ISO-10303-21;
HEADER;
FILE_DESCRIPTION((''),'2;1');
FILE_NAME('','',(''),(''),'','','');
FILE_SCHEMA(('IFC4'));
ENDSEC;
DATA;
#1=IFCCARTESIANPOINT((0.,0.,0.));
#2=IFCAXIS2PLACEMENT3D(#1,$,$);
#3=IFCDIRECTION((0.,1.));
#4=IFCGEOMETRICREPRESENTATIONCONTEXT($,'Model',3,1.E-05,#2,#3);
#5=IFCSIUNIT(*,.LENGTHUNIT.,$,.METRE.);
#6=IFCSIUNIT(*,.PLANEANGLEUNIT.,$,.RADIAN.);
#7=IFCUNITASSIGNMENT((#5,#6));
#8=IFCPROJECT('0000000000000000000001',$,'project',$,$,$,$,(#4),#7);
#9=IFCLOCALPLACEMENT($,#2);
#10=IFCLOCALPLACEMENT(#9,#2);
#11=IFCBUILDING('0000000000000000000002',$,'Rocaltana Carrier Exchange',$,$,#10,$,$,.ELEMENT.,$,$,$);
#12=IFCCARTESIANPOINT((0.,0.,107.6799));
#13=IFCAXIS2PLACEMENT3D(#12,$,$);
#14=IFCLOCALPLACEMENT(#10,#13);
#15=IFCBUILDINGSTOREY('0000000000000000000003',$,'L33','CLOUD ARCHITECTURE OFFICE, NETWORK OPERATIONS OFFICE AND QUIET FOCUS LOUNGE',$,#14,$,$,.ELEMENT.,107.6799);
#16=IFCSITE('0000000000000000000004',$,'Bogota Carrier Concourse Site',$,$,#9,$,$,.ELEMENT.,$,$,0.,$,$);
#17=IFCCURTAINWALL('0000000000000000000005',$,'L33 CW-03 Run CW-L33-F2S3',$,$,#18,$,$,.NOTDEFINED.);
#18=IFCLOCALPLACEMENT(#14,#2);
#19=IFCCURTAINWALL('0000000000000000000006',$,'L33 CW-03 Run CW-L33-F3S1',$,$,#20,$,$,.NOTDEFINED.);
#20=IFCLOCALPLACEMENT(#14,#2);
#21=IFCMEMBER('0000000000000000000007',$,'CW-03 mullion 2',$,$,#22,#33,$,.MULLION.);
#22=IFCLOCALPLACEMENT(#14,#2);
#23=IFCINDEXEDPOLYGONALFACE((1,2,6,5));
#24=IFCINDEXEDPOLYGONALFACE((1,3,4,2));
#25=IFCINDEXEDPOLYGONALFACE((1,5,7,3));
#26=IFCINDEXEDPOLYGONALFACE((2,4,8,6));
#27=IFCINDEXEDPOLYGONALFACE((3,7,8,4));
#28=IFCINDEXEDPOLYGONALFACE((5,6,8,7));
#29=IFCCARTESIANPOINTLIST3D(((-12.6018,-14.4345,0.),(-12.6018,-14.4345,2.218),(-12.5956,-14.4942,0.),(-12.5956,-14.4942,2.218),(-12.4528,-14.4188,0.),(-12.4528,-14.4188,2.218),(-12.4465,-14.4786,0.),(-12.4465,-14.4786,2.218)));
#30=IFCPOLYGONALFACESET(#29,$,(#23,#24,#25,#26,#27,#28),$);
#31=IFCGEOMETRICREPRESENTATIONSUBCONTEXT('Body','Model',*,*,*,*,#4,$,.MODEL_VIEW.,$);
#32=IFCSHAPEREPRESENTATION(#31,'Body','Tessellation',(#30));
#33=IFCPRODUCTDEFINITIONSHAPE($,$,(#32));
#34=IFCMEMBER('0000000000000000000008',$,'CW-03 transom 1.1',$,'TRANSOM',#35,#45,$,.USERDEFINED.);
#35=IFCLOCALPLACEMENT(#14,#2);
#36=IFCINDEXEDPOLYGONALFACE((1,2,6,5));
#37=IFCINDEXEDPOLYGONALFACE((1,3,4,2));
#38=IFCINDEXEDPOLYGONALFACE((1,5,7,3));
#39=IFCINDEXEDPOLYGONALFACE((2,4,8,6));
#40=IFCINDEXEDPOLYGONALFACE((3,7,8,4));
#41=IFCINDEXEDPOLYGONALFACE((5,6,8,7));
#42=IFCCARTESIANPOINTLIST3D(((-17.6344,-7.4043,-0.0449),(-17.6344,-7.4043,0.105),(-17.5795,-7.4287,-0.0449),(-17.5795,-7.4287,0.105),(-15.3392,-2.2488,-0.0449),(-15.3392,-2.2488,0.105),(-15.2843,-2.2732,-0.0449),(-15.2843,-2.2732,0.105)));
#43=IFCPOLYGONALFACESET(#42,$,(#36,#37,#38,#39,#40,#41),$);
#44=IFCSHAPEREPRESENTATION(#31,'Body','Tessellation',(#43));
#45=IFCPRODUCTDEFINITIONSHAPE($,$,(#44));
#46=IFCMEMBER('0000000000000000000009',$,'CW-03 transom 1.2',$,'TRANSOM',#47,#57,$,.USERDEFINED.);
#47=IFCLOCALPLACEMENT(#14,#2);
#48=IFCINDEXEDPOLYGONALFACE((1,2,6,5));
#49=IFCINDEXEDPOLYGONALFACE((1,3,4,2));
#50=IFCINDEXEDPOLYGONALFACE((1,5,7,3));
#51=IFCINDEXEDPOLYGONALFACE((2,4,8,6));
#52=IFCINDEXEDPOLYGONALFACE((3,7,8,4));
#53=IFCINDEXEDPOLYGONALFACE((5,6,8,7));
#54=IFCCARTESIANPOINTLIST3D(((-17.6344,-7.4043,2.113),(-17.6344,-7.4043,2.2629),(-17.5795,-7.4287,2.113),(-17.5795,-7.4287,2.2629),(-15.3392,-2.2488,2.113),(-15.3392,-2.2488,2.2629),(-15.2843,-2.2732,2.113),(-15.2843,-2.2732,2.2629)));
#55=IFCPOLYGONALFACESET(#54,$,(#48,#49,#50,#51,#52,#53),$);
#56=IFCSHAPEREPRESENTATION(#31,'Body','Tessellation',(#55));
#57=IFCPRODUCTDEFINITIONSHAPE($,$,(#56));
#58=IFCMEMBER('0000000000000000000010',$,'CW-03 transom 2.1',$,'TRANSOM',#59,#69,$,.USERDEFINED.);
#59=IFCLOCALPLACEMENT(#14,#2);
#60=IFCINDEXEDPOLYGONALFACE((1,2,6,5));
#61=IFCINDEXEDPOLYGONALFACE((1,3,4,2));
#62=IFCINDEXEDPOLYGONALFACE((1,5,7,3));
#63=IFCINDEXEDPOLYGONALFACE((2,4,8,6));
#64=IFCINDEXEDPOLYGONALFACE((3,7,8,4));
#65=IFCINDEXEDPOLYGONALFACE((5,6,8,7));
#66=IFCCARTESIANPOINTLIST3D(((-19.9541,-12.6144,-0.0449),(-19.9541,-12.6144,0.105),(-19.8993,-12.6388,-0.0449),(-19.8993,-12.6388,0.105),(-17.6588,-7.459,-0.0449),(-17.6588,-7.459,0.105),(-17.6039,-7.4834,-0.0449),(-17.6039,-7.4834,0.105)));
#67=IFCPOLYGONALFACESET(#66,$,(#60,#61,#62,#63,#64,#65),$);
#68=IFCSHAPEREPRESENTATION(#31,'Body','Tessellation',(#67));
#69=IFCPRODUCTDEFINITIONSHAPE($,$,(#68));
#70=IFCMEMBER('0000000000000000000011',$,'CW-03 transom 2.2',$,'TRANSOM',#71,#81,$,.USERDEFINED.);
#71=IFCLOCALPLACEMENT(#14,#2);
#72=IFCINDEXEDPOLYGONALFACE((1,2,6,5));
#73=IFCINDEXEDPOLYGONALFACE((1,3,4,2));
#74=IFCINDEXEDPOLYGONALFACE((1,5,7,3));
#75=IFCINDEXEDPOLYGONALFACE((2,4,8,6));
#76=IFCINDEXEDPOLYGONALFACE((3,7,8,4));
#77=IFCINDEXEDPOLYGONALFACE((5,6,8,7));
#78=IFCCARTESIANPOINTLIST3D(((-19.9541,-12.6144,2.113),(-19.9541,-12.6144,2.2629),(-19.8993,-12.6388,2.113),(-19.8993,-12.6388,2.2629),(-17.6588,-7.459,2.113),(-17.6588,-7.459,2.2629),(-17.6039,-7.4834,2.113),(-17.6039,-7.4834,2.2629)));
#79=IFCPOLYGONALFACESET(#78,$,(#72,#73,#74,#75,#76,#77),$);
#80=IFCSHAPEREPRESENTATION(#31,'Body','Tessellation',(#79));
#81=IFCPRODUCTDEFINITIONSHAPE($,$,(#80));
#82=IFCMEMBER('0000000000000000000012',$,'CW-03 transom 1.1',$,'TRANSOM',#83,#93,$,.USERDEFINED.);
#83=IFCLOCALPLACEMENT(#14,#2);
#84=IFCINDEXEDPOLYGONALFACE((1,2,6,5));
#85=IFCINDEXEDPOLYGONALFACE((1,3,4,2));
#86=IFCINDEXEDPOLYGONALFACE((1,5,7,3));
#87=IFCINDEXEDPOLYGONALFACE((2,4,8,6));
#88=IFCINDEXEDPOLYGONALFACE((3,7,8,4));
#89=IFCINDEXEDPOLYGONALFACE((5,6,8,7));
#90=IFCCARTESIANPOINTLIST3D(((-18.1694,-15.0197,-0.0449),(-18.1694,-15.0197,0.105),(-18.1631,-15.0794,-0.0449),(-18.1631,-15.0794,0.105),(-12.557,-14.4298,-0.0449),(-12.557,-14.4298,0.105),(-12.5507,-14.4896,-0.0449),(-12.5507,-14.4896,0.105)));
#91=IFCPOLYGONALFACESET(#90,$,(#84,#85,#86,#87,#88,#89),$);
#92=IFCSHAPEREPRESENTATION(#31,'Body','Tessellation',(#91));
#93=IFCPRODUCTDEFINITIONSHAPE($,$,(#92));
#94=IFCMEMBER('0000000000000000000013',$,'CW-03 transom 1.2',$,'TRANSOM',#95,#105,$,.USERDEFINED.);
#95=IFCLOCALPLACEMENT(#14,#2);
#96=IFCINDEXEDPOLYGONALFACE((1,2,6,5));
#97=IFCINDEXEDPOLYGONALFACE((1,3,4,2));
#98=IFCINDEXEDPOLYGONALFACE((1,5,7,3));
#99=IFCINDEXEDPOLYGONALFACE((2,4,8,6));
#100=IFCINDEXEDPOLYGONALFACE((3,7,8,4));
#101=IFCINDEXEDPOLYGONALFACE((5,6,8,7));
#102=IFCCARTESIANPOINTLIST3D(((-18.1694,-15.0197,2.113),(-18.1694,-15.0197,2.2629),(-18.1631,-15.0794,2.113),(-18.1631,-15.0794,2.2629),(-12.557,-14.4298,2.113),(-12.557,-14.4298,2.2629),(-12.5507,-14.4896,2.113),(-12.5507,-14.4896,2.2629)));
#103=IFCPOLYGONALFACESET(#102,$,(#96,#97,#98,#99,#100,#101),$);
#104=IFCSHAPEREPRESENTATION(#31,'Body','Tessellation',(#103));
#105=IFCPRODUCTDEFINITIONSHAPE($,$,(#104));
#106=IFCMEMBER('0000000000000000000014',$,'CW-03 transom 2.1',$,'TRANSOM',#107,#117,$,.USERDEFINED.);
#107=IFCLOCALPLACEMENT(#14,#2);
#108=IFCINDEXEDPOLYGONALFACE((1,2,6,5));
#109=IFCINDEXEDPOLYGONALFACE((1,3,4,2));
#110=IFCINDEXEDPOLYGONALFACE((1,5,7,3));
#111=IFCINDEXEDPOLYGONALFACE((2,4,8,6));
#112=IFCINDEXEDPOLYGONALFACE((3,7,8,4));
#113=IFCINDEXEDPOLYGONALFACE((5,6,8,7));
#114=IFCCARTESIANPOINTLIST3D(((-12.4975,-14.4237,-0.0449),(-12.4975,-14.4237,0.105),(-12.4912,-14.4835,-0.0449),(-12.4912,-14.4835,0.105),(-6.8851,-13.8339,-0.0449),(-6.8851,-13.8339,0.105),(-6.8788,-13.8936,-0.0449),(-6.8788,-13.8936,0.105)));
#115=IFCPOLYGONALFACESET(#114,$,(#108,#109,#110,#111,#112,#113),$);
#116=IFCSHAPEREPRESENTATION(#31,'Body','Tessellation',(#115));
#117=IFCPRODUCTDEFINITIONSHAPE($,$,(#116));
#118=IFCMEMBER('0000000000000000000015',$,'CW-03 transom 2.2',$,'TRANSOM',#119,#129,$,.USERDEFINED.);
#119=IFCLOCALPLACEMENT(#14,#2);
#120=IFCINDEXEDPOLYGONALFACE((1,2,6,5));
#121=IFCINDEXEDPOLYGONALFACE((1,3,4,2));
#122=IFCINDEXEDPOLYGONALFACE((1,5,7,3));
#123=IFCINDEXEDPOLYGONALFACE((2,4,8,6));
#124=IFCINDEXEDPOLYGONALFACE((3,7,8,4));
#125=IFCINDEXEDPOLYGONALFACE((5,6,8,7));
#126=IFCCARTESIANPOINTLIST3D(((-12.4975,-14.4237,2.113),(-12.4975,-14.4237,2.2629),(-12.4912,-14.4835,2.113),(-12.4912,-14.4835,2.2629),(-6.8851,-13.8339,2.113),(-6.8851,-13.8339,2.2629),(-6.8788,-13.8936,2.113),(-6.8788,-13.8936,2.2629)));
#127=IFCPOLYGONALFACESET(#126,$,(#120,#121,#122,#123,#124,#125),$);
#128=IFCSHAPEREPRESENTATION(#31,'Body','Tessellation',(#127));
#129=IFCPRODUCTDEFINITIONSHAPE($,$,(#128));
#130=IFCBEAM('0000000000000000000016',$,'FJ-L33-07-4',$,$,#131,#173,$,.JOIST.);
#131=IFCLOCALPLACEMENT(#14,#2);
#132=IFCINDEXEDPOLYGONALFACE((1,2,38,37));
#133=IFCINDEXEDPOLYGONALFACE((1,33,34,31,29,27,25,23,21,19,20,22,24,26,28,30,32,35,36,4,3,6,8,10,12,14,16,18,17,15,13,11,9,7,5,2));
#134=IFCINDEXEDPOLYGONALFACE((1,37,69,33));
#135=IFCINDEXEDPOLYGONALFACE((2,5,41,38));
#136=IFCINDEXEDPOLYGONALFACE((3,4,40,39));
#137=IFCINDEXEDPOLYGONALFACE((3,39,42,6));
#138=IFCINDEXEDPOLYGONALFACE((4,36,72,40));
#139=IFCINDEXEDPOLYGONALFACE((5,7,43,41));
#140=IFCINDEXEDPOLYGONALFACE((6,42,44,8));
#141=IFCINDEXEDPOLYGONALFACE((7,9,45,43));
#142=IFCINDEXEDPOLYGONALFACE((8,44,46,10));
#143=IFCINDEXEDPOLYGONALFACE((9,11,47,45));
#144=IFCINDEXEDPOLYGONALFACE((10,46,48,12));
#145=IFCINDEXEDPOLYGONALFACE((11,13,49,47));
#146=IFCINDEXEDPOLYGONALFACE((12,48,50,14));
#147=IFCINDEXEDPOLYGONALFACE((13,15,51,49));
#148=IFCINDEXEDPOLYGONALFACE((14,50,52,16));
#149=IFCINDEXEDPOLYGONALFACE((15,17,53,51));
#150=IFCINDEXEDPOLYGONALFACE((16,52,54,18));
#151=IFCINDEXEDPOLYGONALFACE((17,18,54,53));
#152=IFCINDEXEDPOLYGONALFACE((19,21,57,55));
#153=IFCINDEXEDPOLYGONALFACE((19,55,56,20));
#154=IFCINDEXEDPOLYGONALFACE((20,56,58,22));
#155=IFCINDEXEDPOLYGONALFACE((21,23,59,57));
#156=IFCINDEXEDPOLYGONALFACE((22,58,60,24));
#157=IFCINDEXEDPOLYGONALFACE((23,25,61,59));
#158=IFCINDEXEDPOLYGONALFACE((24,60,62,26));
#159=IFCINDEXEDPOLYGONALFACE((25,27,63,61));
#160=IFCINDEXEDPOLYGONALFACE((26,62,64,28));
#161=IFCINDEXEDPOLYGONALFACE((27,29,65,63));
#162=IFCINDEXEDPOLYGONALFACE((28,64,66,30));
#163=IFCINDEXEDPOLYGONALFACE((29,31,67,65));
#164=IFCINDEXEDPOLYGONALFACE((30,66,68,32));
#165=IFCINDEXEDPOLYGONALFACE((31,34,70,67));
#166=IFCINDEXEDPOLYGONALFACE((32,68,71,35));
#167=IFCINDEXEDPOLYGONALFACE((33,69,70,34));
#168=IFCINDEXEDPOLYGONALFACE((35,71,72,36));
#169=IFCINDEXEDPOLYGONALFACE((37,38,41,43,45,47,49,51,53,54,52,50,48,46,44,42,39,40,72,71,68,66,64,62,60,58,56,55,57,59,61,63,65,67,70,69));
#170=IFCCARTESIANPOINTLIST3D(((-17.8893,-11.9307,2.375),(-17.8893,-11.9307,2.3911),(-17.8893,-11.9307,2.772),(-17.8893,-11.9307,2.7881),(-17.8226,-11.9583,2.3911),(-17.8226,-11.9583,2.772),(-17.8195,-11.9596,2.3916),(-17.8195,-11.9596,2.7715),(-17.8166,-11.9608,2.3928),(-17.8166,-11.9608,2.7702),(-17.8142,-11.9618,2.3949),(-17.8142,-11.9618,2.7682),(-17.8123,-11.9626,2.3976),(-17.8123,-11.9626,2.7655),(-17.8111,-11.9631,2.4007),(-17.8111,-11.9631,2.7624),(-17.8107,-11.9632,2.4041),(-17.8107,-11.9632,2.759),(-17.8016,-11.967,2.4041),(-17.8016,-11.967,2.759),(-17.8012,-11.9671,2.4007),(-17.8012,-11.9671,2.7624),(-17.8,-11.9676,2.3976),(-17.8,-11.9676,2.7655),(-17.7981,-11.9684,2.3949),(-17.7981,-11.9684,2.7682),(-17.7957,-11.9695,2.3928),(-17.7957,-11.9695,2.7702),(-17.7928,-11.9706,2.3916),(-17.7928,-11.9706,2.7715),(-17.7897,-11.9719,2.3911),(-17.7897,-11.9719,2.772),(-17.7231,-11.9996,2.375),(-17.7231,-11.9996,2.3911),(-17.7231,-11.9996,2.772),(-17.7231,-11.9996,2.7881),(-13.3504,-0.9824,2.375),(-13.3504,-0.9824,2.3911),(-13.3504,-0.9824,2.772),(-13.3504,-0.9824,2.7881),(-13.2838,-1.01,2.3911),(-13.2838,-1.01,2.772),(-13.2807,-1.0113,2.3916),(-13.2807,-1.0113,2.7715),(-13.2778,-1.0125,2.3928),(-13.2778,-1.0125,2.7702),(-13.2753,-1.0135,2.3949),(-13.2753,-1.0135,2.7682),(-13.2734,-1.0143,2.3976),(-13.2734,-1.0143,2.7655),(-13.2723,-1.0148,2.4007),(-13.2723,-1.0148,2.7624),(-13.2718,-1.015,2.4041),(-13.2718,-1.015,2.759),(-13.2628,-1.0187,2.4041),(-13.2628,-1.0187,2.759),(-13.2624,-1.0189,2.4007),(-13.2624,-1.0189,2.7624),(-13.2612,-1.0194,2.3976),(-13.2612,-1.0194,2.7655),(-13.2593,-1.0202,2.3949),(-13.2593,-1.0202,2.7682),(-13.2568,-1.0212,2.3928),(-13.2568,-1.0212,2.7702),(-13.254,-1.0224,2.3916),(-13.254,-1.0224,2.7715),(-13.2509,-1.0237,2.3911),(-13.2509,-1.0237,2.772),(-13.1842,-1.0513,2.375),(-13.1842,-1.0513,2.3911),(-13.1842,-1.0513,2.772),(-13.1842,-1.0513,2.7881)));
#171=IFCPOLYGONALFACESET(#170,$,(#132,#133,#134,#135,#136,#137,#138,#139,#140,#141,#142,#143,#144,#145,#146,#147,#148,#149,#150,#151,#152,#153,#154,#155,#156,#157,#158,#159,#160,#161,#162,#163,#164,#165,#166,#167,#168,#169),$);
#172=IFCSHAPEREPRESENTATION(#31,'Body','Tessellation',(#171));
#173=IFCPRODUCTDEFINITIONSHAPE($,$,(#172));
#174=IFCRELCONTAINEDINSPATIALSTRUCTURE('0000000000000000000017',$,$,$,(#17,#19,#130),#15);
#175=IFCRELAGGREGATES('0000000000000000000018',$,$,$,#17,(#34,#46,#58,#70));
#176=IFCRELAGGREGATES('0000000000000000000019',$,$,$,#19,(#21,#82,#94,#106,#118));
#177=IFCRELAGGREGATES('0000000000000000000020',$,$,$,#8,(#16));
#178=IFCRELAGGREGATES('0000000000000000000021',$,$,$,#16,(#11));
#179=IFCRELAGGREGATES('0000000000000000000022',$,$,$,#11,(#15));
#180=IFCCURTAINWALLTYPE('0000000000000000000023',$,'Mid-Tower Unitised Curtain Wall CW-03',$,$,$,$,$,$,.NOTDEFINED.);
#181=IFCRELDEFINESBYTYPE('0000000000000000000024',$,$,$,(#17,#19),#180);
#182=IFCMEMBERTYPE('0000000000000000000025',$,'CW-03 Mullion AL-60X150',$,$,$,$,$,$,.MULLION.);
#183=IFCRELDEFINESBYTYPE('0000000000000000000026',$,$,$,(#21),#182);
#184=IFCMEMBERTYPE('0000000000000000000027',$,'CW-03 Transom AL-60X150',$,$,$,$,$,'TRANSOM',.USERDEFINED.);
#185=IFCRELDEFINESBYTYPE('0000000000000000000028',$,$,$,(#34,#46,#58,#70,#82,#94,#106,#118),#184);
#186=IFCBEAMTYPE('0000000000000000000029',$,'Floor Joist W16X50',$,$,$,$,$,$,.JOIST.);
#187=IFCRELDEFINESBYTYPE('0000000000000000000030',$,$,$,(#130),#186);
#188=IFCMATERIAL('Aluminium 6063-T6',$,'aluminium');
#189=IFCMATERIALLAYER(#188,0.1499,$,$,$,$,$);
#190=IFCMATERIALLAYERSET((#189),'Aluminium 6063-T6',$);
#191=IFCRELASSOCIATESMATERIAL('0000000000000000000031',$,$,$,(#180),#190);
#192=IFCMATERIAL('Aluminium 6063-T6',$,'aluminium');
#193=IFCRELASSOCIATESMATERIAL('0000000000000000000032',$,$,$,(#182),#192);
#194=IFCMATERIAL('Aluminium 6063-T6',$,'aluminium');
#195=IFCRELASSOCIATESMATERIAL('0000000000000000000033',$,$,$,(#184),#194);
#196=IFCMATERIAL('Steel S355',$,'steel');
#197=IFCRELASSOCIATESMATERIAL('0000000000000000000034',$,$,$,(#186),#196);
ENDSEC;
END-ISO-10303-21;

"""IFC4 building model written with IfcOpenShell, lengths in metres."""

from ifc_helpers import new_model, si_unit, direction, frame, origin, origin_2d, place, context, subcontext, project, spatial, rectangle, i_section, extrude, material, layer, layer_set, material_profile, profile_set, type_object, element, aggregate, save


model = new_model("IFC4")

# Units and contexts
model_context = context("Model", 3, precision=1e-05, world=origin(), true_north=direction((0.0, 1.0)))
body_context = subcontext(model_context, "Body", "Model", "MODEL_VIEW")
ifc_project = project(units=[si_unit("LENGTHUNIT", "METRE"), si_unit("PLANEANGLEUNIT", "RADIAN")], contexts=[model_context])

# Site, building, storey
site_placement = place(None, origin())
site = spatial("IfcSite", under=ifc_project, at=site_placement, Name="Bogota Carrier Concourse Site", CompositionType="ELEMENT", RefElevation=0.0)
building_placement = place(site_placement, origin())
building = spatial("IfcBuilding", under=site, at=building_placement, Name="Rocaltana Carrier Exchange", CompositionType="ELEMENT")
storey_placement = place(building_placement, frame((0.0, 0.0, 107.6799)))
storey = spatial("IfcBuildingStorey", under=building, at=storey_placement, Name="L33", Description="CLOUD ARCHITECTURE OFFICE, NETWORK OPERATIONS OFFICE AND QUIET FOCUS LOUNGE", CompositionType="ELEMENT", Elevation=107.6799)

# Curtain walls, member
ifc_material_1 = material(Name="Aluminium 6063-T6", Category="aluminium")
ifc_layer_1 = layer(ifc_material_1, 0.1499)
ifc_layer_set_1 = layer_set([ifc_layer_1], Name="Aluminium 6063-T6")
curtain_wall_type = type_object("IfcCurtainWallType", Name="Mid-Tower Unitised Curtain Wall CW-03", PredefinedType="NOTDEFINED", material=ifc_layer_set_1)
curtain_wall_1_placement = place(storey_placement, origin())
curtain_wall_1 = element("IfcCurtainWall", 1, at=curtain_wall_1_placement, inside=storey, type_object=curtain_wall_type, Name="L33 CW-03 Run CW-L33-F2S3", PredefinedType="NOTDEFINED")
ifc_material_2 = material(Name="Aluminium 6063-T6", Category="aluminium")
ifc_material_profile_1 = material_profile(ifc_material_2, rectangle(XDim=0.0601, YDim=0.1499, at=origin_2d()), Name="AL-60X150")
ifc_profile_set_1 = profile_set([ifc_material_profile_1], Name="Aluminium 6063-T6")
member_type_1 = type_object("IfcMemberType", Name="CW-03 Mullion AL-60X150", PredefinedType="MULLION", material=ifc_profile_set_1)
curtain_wall_2_placement = place(storey_placement, origin())
curtain_wall_2 = element("IfcCurtainWall", 2, at=curtain_wall_2_placement, inside=storey, type_object=curtain_wall_type, Name="L33 CW-03 Run CW-L33-F3S1", PredefinedType="NOTDEFINED")
member_1_placement = place(storey_placement, frame((-12.5242, -14.4565, 0.0), z_axis=(0.0, 0.0, 1.0), x_axis=(-0.104522, 0.994523, 0.0)))
member_1 = element("IfcMember", 3, at=member_1_placement, type_object=member_type_1, Name="CW-03 mullion 2", PredefinedType="MULLION", context=body_context, shape_type="SweptSolid", body=[
    extrude(rectangle(XDim=0.0601, YDim=0.1499, at=origin_2d()), origin(), (0.0, 0.0, 1.0), 2.218),
])

# Members
ifc_material_3 = material(Name="Aluminium 6063-T6", Category="aluminium")
ifc_material_profile_2 = material_profile(ifc_material_3, rectangle(XDim=0.0601, YDim=0.1499, at=origin_2d()), Name="AL-60X150")
ifc_profile_set_2 = profile_set([ifc_material_profile_2], Name="Aluminium 6063-T6")
member_type_2 = type_object("IfcMemberType", Name="CW-03 Transom AL-60X150", ElementType="TRANSOM", PredefinedType="USERDEFINED", material=ifc_profile_set_2)
member_2_placement = place(storey_placement, frame((-15.3118, -2.261, 0.03), z_axis=(-0.406704, -0.91356, 0.0), x_axis=(0.91356, -0.406704, 0.0)))
member_2 = element("IfcMember", 4, at=member_2_placement, type_object=member_type_2, Name="CW-03 transom 1.1", ObjectType="TRANSOM", PredefinedType="USERDEFINED", context=body_context, shape_type="SweptSolid", body=[
    extrude(rectangle(XDim=0.0601, YDim=0.1499, at=origin_2d()), origin(), (0.0, 0.0, 1.0), 5.6433),
])
member_3_placement = place(storey_placement, frame((-15.3118, -2.261, 2.188), z_axis=(-0.406704, -0.91356, 0.0), x_axis=(0.91356, -0.406704, 0.0)))
member_3 = element("IfcMember", 5, at=member_3_placement, type_object=member_type_2, Name="CW-03 transom 1.2", ObjectType="TRANSOM", PredefinedType="USERDEFINED", context=body_context, shape_type="SweptSolid", body=[
    extrude(rectangle(XDim=0.0601, YDim=0.1499, at=origin_2d()), origin(), (0.0, 0.0, 1.0), 5.6433),
])
member_4_placement = place(storey_placement, frame((-17.6313, -7.4712, 0.03), z_axis=(-0.40674, -0.913544, 0.0), x_axis=(0.913544, -0.40674, 0.0)))
member_4 = element("IfcMember", 6, at=member_4_placement, type_object=member_type_2, Name="CW-03 transom 2.1", ObjectType="TRANSOM", PredefinedType="USERDEFINED", context=body_context, shape_type="SweptSolid", body=[
    extrude(rectangle(XDim=0.0601, YDim=0.1499, at=origin_2d()), origin(), (0.0, 0.0, 1.0), 5.6433),
])
member_5_placement = place(storey_placement, frame((-17.6313, -7.4712, 2.188), z_axis=(-0.40674, -0.913544, 0.0), x_axis=(0.913544, -0.40674, 0.0)))
member_5 = element("IfcMember", 7, at=member_5_placement, type_object=member_type_2, Name="CW-03 transom 2.2", ObjectType="TRANSOM", PredefinedType="USERDEFINED", context=body_context, shape_type="SweptSolid", body=[
    extrude(rectangle(XDim=0.0601, YDim=0.1499, at=origin_2d()), origin(), (0.0, 0.0, 1.0), 5.6433),
])
member_6_placement = place(storey_placement, frame((-18.1663, -15.0496, 0.03), z_axis=(0.994523, 0.104523, 0.0), x_axis=(-0.104523, 0.994523, 0.0)))
member_6 = element("IfcMember", 8, at=member_6_placement, type_object=member_type_2, Name="CW-03 transom 1.1", ObjectType="TRANSOM", PredefinedType="USERDEFINED", context=body_context, shape_type="SweptSolid", body=[
    extrude(rectangle(XDim=0.0601, YDim=0.1499, at=origin_2d()), origin(), (0.0, 0.0, 1.0), 5.6433),
])
member_7_placement = place(storey_placement, frame((-18.1663, -15.0496, 2.188), z_axis=(0.994523, 0.104523, 0.0), x_axis=(-0.104523, 0.994523, 0.0)))
member_7 = element("IfcMember", 9, at=member_7_placement, type_object=member_type_2, Name="CW-03 transom 1.2", ObjectType="TRANSOM", PredefinedType="USERDEFINED", context=body_context, shape_type="SweptSolid", body=[
    extrude(rectangle(XDim=0.0601, YDim=0.1499, at=origin_2d()), origin(), (0.0, 0.0, 1.0), 5.6433),
])
member_8_placement = place(storey_placement, frame((-12.4944, -14.4536, 0.03), z_axis=(0.994523, 0.104523, 0.0), x_axis=(-0.104523, 0.994523, 0.0)))
member_8 = element("IfcMember", 10, at=member_8_placement, type_object=member_type_2, Name="CW-03 transom 2.1", ObjectType="TRANSOM", PredefinedType="USERDEFINED", context=body_context, shape_type="SweptSolid", body=[
    extrude(rectangle(XDim=0.0601, YDim=0.1499, at=origin_2d()), origin(), (0.0, 0.0, 1.0), 5.6433),
])
member_9_placement = place(storey_placement, frame((-12.4944, -14.4536, 2.188), z_axis=(0.994523, 0.104523, 0.0), x_axis=(-0.104523, 0.994523, 0.0)))
member_9 = element("IfcMember", 11, at=member_9_placement, type_object=member_type_2, Name="CW-03 transom 2.2", ObjectType="TRANSOM", PredefinedType="USERDEFINED", context=body_context, shape_type="SweptSolid", body=[
    extrude(rectangle(XDim=0.0601, YDim=0.1499, at=origin_2d()), origin(), (0.0, 0.0, 1.0), 5.6433),
])

# Beam
ifc_material_4 = material(Name="Steel S355", Category="steel")
ifc_material_profile_3 = material_profile(ifc_material_4, i_section(OverallWidth=0.1799, OverallDepth=0.4131, WebThickness=0.0098, FlangeThickness=0.0161, FilletRadius=0.0129, at=origin_2d()), Name="W16X50")
ifc_profile_set_3 = profile_set([ifc_material_profile_3], Name="Steel S355")
beam_type_1 = type_object("IfcBeamType", Name="Floor Joist W16X50", PredefinedType="JOIST", material=ifc_profile_set_3)
beam_1_placement = place(storey_placement, frame((-13.2673, -1.0168, 2.5815), z_axis=(-0.382965, -0.923763, 0.0), x_axis=(0.923763, -0.382965, 0.0)))
element("IfcBeam", 12, at=beam_1_placement, inside=storey, type_object=beam_type_1, Name="FJ-L33-07-4", PredefinedType="JOIST", context=body_context, shape_type="SweptSolid", body=[
    extrude(i_section(OverallWidth=0.1799, OverallDepth=0.4131, WebThickness=0.0098, FlangeThickness=0.0161, FilletRadius=0.0129, at=origin_2d()), origin(), (0.0, 0.0, 1.0), 11.8518),
])

aggregate(curtain_wall_1, [member_2, member_3, member_4, member_5])
aggregate(curtain_wall_2, [member_1, member_6, member_7, member_8, member_9])

save(model, "model.ifc")
